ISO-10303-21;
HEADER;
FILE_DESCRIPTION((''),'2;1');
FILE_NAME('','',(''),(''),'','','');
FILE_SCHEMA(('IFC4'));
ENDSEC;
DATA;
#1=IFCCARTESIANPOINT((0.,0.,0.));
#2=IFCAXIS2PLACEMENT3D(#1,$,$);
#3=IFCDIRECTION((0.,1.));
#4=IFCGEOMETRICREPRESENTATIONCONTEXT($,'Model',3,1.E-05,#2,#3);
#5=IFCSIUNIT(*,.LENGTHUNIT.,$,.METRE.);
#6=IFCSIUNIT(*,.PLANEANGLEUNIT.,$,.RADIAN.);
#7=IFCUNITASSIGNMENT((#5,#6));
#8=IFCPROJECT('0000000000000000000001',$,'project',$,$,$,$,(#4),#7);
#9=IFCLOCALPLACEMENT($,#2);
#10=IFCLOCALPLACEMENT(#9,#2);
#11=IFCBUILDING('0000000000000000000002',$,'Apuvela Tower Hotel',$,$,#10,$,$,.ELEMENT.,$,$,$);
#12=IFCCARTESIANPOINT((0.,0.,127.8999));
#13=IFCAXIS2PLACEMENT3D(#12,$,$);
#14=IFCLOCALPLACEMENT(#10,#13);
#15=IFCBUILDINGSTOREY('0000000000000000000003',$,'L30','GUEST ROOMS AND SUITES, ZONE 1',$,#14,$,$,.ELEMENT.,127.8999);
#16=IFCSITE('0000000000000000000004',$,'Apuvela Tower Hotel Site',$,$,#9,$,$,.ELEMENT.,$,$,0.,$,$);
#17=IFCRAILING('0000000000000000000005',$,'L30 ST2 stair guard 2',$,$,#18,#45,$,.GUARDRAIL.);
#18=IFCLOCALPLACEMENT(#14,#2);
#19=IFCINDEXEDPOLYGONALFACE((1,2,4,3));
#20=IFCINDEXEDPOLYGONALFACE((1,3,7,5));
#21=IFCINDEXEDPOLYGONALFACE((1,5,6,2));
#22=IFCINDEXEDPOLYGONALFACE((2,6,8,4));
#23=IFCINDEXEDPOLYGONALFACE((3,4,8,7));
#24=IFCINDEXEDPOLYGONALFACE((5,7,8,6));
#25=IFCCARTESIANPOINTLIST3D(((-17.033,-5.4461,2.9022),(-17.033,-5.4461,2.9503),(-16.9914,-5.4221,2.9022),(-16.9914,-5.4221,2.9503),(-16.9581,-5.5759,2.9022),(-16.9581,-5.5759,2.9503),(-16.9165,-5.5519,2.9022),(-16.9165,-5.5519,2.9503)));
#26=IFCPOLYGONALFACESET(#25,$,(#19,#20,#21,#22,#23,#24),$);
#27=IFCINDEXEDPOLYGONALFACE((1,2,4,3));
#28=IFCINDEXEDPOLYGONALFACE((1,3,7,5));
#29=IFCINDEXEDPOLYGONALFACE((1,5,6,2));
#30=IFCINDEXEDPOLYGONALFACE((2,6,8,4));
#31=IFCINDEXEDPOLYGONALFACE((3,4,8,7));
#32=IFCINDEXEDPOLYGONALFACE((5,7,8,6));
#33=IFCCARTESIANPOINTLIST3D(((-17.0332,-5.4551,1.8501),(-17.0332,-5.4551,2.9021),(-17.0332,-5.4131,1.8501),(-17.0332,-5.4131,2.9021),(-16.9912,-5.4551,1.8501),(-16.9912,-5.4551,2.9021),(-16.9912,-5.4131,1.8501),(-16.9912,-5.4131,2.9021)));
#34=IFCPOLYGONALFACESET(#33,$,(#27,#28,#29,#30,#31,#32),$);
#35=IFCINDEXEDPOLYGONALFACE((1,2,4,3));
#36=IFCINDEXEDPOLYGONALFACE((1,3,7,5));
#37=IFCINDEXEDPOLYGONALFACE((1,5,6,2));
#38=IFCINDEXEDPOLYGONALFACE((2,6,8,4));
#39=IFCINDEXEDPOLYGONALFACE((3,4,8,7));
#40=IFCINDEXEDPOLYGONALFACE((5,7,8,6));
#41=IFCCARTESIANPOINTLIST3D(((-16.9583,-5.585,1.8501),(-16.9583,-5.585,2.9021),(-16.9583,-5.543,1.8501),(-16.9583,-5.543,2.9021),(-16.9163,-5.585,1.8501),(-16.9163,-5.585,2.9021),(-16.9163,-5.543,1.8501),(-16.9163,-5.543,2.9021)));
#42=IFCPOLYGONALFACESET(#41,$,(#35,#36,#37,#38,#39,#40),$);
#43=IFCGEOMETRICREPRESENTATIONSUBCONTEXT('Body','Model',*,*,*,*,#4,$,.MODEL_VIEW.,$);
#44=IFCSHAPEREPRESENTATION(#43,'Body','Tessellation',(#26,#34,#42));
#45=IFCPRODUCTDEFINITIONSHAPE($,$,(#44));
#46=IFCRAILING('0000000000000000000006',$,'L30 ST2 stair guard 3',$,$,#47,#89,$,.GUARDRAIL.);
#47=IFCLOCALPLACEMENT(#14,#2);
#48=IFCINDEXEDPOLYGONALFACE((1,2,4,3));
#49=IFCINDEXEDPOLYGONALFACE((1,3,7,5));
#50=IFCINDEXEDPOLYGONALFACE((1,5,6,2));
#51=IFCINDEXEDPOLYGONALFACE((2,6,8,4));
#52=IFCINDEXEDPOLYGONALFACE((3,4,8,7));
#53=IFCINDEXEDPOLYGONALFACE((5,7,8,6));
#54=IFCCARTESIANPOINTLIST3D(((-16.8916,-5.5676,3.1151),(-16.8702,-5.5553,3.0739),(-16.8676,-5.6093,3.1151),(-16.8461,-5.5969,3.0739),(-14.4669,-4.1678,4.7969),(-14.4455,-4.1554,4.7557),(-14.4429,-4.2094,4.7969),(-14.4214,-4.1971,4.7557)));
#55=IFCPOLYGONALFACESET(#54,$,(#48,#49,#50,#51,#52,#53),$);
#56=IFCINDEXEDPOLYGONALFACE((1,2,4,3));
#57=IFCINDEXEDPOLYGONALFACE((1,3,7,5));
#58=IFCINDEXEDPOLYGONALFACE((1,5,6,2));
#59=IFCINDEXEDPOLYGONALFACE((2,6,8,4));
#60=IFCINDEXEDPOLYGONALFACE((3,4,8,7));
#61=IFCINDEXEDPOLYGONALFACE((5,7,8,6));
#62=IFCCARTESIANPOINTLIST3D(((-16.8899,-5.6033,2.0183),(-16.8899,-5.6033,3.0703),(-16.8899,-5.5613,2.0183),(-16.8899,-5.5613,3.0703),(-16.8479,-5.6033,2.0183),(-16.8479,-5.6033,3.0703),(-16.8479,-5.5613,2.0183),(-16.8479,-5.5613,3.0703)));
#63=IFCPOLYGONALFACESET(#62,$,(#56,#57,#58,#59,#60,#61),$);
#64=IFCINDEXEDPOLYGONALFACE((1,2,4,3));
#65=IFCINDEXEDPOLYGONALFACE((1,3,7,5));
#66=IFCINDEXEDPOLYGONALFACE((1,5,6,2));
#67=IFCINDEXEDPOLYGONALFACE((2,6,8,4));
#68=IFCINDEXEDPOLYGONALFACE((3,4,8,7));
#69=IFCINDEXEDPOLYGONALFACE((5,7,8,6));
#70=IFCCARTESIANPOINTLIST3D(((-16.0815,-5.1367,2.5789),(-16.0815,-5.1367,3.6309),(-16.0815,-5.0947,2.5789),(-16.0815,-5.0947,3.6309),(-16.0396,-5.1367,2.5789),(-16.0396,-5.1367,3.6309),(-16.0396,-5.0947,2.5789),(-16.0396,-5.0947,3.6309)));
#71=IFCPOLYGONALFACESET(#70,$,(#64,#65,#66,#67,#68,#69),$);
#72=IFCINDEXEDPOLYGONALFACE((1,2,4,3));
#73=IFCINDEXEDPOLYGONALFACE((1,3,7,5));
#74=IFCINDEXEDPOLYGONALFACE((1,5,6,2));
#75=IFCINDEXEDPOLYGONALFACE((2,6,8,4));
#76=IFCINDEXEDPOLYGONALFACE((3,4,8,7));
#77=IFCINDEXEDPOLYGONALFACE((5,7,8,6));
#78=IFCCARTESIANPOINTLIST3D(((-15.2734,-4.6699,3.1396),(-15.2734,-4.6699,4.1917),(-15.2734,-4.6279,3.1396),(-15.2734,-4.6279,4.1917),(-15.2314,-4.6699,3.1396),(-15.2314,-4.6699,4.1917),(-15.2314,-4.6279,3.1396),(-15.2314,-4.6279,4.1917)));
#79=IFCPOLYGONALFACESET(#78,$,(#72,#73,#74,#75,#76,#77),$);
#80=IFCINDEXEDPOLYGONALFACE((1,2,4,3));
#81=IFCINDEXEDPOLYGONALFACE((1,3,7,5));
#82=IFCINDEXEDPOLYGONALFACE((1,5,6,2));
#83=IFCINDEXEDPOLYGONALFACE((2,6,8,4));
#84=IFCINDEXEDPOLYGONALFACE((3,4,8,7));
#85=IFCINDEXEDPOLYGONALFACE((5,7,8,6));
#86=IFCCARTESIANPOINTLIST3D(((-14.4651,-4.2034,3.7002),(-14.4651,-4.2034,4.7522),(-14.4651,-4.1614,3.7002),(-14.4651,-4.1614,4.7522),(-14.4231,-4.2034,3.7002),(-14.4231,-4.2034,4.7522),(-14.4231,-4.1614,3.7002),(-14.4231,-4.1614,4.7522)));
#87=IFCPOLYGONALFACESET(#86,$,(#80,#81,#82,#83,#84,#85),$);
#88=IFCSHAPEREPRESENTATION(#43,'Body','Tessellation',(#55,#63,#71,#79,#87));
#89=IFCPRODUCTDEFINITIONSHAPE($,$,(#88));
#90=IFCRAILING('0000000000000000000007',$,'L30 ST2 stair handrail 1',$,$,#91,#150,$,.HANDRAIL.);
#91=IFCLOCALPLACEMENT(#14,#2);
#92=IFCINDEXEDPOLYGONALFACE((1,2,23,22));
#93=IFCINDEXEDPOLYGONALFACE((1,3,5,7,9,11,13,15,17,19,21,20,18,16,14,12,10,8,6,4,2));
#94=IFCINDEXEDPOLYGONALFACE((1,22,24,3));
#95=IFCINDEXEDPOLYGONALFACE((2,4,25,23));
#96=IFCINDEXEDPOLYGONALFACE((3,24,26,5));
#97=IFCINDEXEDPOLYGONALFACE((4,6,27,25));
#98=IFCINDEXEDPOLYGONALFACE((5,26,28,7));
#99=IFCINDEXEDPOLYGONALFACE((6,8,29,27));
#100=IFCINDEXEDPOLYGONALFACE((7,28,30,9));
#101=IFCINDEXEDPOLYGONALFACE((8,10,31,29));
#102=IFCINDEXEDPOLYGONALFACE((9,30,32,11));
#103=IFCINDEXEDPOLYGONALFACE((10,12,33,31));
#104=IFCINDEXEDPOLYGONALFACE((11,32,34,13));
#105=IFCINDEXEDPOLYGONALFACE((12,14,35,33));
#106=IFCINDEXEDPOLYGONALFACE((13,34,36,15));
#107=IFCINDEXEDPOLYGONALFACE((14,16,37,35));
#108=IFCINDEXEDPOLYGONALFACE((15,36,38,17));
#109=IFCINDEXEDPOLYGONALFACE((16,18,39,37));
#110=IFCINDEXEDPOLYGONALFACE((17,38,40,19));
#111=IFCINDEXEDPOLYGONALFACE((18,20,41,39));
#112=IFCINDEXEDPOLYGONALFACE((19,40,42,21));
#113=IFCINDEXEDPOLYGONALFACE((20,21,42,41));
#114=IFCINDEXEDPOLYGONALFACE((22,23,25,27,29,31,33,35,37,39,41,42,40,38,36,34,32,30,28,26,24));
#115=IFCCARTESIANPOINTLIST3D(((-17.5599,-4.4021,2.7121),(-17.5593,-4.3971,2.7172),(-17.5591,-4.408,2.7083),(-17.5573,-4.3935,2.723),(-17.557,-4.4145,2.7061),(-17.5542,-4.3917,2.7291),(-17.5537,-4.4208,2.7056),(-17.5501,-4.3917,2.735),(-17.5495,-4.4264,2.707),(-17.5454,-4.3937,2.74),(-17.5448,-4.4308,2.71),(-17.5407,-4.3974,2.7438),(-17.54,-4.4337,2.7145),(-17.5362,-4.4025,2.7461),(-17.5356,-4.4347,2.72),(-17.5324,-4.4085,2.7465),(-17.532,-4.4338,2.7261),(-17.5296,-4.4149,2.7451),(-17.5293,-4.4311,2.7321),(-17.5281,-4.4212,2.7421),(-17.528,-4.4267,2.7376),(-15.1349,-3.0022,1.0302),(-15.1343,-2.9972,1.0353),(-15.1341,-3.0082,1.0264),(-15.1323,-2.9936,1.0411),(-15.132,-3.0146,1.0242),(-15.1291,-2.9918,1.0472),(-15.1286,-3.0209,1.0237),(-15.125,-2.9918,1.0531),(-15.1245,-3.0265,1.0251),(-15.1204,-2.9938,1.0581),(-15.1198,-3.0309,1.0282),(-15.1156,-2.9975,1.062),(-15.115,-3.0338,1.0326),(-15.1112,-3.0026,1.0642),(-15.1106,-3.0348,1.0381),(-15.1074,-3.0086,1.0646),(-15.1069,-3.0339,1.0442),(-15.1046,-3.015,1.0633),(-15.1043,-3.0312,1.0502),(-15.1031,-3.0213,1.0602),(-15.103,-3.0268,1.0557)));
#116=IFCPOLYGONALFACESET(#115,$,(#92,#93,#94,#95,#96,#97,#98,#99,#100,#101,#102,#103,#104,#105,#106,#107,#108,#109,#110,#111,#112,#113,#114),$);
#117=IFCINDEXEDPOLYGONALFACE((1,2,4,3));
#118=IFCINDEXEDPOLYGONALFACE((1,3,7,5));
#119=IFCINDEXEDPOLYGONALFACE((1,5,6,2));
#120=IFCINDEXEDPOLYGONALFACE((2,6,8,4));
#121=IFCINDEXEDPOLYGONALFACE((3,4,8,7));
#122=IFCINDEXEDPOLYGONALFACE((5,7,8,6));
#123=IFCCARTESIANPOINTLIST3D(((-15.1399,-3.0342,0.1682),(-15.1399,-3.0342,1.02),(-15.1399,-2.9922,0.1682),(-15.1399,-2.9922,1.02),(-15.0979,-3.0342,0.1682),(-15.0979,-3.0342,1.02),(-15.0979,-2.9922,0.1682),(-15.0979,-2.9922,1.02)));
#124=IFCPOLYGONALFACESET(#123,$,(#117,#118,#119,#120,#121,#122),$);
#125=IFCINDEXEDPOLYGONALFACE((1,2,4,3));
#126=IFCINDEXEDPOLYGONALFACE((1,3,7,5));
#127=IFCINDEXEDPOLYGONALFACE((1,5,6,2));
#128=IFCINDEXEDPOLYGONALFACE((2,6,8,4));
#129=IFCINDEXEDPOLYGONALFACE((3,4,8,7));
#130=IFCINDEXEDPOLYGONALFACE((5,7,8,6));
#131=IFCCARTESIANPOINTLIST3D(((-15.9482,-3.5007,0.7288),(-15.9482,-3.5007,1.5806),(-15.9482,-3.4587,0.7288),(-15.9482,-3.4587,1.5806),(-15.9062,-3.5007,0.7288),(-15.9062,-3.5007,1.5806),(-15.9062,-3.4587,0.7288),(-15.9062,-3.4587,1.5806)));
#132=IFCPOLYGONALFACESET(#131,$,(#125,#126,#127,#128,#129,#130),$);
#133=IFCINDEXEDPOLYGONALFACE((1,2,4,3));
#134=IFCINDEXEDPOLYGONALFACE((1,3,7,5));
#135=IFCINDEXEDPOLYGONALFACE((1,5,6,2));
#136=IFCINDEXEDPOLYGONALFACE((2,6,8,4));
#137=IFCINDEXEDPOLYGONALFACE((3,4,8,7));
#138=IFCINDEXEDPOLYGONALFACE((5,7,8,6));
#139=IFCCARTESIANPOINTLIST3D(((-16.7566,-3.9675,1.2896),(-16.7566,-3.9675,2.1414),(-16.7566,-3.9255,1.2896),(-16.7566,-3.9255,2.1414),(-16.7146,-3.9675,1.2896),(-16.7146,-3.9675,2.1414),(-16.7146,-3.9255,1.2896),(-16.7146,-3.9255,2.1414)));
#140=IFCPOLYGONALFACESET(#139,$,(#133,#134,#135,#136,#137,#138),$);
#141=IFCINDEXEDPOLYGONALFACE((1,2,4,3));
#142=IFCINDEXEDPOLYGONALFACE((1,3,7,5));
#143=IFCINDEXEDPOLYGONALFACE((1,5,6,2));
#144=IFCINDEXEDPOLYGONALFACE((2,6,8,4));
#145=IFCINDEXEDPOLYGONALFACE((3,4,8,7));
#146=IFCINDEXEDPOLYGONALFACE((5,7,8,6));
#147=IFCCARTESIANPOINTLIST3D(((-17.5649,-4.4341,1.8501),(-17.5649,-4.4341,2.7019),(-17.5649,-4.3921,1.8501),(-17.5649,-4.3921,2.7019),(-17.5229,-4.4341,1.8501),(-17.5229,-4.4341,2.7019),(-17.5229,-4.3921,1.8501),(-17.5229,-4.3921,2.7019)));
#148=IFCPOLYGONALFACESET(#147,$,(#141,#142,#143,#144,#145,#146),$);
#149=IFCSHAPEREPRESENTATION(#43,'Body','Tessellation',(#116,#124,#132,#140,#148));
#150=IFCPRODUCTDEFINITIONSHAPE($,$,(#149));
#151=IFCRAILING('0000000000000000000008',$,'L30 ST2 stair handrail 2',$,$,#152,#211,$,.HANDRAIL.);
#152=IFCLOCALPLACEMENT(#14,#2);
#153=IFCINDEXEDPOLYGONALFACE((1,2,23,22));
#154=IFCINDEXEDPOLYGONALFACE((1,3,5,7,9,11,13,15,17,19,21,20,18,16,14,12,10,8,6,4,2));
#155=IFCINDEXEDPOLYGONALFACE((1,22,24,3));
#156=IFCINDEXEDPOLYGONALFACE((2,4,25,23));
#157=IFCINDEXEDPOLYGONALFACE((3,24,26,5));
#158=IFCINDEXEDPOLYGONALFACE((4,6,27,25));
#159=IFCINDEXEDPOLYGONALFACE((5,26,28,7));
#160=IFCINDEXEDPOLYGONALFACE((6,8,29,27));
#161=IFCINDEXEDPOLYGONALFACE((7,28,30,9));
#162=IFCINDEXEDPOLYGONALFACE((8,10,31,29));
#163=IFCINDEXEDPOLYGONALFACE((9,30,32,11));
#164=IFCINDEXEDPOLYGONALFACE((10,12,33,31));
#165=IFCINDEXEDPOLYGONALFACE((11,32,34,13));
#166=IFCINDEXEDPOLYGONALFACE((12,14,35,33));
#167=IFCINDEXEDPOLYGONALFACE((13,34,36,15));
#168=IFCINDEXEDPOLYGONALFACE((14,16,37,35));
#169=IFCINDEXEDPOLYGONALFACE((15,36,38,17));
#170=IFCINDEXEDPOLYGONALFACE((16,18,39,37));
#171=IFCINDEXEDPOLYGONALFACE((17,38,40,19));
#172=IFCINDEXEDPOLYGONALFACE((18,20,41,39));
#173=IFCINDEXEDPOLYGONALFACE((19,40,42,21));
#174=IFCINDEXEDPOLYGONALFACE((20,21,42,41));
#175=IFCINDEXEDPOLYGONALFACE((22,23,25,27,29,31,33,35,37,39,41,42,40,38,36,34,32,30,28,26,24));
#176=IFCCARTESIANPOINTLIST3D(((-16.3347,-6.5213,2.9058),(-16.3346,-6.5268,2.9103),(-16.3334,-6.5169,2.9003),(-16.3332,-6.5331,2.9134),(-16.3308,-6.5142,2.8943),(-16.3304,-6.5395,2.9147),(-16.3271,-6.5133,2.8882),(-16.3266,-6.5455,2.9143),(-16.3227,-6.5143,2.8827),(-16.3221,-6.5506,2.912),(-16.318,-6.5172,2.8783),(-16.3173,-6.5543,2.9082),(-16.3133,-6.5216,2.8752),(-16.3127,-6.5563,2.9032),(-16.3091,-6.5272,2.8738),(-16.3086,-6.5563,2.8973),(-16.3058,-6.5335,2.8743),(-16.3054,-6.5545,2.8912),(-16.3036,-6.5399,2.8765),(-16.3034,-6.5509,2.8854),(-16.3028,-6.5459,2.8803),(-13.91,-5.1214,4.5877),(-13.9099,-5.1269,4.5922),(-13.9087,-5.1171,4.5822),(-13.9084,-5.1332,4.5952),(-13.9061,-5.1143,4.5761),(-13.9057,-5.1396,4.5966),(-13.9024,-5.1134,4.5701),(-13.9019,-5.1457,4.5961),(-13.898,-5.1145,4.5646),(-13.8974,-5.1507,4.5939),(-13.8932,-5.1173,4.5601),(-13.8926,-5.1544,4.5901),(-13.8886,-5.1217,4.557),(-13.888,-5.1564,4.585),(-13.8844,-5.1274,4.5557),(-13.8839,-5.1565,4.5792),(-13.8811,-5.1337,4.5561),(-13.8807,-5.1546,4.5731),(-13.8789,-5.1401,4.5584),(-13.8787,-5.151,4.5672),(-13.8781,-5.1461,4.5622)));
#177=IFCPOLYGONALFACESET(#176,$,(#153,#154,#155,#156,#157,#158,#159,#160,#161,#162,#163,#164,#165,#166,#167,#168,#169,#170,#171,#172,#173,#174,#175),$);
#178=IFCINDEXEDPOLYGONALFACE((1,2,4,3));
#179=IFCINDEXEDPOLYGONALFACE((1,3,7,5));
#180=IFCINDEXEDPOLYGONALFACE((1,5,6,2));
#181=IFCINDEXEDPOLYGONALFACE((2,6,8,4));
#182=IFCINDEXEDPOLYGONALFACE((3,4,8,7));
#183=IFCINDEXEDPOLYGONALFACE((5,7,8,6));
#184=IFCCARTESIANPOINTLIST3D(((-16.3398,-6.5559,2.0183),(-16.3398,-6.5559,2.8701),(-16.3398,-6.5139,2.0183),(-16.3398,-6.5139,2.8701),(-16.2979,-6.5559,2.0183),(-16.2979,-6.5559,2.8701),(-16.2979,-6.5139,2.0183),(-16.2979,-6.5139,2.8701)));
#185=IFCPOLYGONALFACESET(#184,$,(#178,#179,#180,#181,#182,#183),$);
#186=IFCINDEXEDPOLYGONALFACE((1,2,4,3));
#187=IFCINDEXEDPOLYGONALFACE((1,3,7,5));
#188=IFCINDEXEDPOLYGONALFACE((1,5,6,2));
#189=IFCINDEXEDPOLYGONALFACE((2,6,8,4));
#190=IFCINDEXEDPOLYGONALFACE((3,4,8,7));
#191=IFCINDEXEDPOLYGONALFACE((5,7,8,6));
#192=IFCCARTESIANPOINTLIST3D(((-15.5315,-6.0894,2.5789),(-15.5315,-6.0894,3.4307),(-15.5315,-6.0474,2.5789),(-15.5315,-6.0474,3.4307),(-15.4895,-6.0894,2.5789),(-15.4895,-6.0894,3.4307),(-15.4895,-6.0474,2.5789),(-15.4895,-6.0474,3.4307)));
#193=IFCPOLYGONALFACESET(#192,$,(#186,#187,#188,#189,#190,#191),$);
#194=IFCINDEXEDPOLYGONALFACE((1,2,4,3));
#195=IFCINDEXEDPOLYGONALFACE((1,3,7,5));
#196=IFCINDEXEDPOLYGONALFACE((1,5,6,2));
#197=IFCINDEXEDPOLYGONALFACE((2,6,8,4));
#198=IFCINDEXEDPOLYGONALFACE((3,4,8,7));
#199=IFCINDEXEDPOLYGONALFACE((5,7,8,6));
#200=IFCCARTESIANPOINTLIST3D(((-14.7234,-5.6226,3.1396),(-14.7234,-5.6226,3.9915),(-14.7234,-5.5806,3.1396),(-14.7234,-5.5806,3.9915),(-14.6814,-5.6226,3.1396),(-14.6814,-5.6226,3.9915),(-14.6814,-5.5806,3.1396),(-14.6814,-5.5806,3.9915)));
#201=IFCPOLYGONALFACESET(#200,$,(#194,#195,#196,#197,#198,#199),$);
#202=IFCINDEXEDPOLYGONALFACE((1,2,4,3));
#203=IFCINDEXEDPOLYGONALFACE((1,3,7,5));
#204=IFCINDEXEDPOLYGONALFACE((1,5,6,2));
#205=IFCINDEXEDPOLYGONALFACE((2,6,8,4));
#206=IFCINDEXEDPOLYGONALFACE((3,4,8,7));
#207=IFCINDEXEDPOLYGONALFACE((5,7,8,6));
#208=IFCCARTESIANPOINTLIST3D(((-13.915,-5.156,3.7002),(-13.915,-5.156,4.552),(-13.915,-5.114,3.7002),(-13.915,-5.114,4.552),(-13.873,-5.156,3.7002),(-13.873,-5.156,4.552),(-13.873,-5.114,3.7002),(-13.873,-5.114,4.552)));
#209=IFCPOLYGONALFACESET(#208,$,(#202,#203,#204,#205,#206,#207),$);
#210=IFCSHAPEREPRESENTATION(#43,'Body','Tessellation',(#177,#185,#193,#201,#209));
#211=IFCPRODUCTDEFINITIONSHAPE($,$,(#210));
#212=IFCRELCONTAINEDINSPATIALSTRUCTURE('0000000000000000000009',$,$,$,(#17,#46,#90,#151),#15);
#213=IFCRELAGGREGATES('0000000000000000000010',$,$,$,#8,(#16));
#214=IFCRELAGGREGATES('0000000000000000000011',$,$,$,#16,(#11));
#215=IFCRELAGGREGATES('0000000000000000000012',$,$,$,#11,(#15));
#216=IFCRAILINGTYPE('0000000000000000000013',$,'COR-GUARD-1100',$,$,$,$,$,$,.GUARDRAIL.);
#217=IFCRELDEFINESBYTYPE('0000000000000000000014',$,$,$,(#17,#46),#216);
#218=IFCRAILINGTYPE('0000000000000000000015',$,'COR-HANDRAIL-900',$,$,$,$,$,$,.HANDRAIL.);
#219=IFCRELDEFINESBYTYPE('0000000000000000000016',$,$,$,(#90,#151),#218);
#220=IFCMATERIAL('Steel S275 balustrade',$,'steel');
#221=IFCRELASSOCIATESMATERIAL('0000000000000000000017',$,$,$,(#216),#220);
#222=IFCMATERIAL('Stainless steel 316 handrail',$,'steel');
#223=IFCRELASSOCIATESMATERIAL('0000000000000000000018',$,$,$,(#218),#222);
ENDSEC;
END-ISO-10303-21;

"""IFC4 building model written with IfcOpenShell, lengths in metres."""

from ifc_helpers import new_model, si_unit, direction, frame, origin, origin_2d, place, context, subcontext, project, spatial, rectangle, circle, extrude, material, type_object, element, save


model = new_model("IFC4")

# Units and contexts
model_context = context("Model", 3, precision=1e-05, world=origin(), true_north=direction((0.0, 1.0)))
body_context = subcontext(model_context, "Body", "Model", "MODEL_VIEW")
ifc_project = project(units=[si_unit("LENGTHUNIT", "METRE"), si_unit("PLANEANGLEUNIT", "RADIAN")], contexts=[model_context])

# Site, building, storey
site_placement = place(None, origin())
site = spatial("IfcSite", under=ifc_project, at=site_placement, Name="Apuvela Tower Hotel Site", CompositionType="ELEMENT", RefElevation=0.0)
building_placement = place(site_placement, origin())
building = spatial("IfcBuilding", under=site, at=building_placement, Name="Apuvela Tower Hotel", CompositionType="ELEMENT")
storey_placement = place(building_placement, frame((0.0, 0.0, 127.8999)))
storey = spatial("IfcBuildingStorey", under=building, at=storey_placement, Name="L30", Description="GUEST ROOMS AND SUITES, ZONE 1", CompositionType="ELEMENT", Elevation=127.8999)

# Railings
ifc_material_1 = material(Name="Steel S275 balustrade", Category="steel")
railing_type_1 = type_object("IfcRailingType", Name="COR-GUARD-1100", PredefinedType="GUARDRAIL", material=ifc_material_1)
railing_1_placement = place(storey_placement, frame((-17.0122, -5.4341, 1.8501)))
element("IfcRailing", 1, at=railing_1_placement, inside=storey, type_object=railing_type_1, Name="L30 ST2 stair guard 2", PredefinedType="GUARDRAIL", context=body_context, shape_type="SweptSolid", body=[
    extrude(rectangle(XDim=0.0481, YDim=0.0481, at=origin_2d()), frame((0.0, 0.0, 1.0762), z_axis=(0.499816, -0.866131, 0.0), x_axis=(0.866131, 0.499816, 0.0)), (0.0, 0.0, 1.0), 0.1499),
    extrude(rectangle(XDim=0.042, YDim=0.042, at=origin_2d()), origin(), (0.0, 0.0, 1.0), 1.052),
    extrude(rectangle(XDim=0.042, YDim=0.042, at=origin_2d()), frame((0.075, -0.1299, 0.0)), (0.0, 0.0, 1.0), 1.052),
])
railing_2_placement = place(storey_placement, frame((-16.8689, -5.5823, 2.0183)))
element("IfcRailing", 2, at=railing_2_placement, inside=storey, type_object=railing_type_1, Name="L30 ST2 stair guard 3", PredefinedType="GUARDRAIL", context=body_context, shape_type="SweptSolid", body=[
    extrude(rectangle(XDim=0.0481, YDim=0.0481, at=origin_2d()), frame((0.0, 0.0, 1.0762), z_axis=(0.74239, 0.428601, 0.514934), x_axis=(-0.499984, 0.866035, 0.0)), (0.0, 0.0, 1.0), 3.2661),
    extrude(rectangle(XDim=0.042, YDim=0.042, at=origin_2d()), origin(), (0.0, 0.0, 1.0), 1.052),
    extrude(rectangle(XDim=0.042, YDim=0.042, at=origin_2d()), frame((0.8083, 0.4666, 0.5605)), (0.0, 0.0, 1.0), 1.052),
    extrude(rectangle(XDim=0.042, YDim=0.042, at=origin_2d()), frame((1.6165, 0.9333, 1.1213)), (0.0, 0.0, 1.0), 1.052),
    extrude(rectangle(XDim=0.042, YDim=0.042, at=origin_2d()), frame((2.4248, 1.3999, 1.6819)), (0.0, 0.0, 1.0), 1.052),
])
ifc_material_2 = material(Name="Stainless steel 316 handrail", Category="steel")
railing_type_2 = type_object("IfcRailingType", Name="COR-HANDRAIL-900", PredefinedType="HANDRAIL", material=ifc_material_2)
railing_3_placement = place(storey_placement, frame((-15.1189, -3.0132, 0.1682)))
element("IfcRailing", 3, at=railing_3_placement, inside=storey, type_object=railing_type_2, Name="L30 ST2 stair handrail 1", PredefinedType="HANDRAIL", context=body_context, shape_type="SweptSolid", body=[
    extrude(circle(Radius=0.0239, at=origin_2d()), frame((0.0, 0.0, 0.876), z_axis=(-0.742424, -0.428577, 0.514906), x_axis=(0.499946, -0.866056, 0.0)), (0.0, 0.0, 1.0), 3.2664),
    extrude(rectangle(XDim=0.042, YDim=0.042, at=origin_2d()), origin(), (0.0, 0.0, 1.0), 0.8518),
    extrude(rectangle(XDim=0.042, YDim=0.042, at=origin_2d()), frame((-0.8083, -0.4666, 0.5605)), (0.0, 0.0, 1.0), 0.8518),
    extrude(rectangle(XDim=0.042, YDim=0.042, at=origin_2d()), frame((-1.6167, -0.9333, 1.1213)), (0.0, 0.0, 1.0), 0.8518),
    extrude(rectangle(XDim=0.042, YDim=0.042, at=origin_2d()), frame((-2.425, -1.3999, 1.6819)), (0.0, 0.0, 1.0), 0.8518),
])
railing_4_placement = place(storey_placement, frame((-16.3188, -6.5349, 2.0183)))
element("IfcRailing", 4, at=railing_4_placement, inside=storey, type_object=railing_type_2, Name="L30 ST2 stair handrail 2", PredefinedType="HANDRAIL", context=body_context, shape_type="SweptSolid", body=[
    extrude(circle(Radius=0.0239, at=origin_2d()), frame((0.0, 0.0, 0.876), z_axis=(0.74239, 0.428601, 0.514934), x_axis=(-0.499984, 0.866035, 0.0)), (0.0, 0.0, 1.0), 3.2661),
    extrude(rectangle(XDim=0.042, YDim=0.042, at=origin_2d()), origin(), (0.0, 0.0, 1.0), 0.8518),
    extrude(rectangle(XDim=0.042, YDim=0.042, at=origin_2d()), frame((0.8083, 0.4666, 0.5605)), (0.0, 0.0, 1.0), 0.8518),
    extrude(rectangle(XDim=0.042, YDim=0.042, at=origin_2d()), frame((1.6165, 0.9333, 1.1213)), (0.0, 0.0, 1.0), 0.8518),
    extrude(rectangle(XDim=0.042, YDim=0.042, at=origin_2d()), frame((2.4248, 1.3999, 1.6819)), (0.0, 0.0, 1.0), 0.8518),
])

save(model, "model.ifc")
